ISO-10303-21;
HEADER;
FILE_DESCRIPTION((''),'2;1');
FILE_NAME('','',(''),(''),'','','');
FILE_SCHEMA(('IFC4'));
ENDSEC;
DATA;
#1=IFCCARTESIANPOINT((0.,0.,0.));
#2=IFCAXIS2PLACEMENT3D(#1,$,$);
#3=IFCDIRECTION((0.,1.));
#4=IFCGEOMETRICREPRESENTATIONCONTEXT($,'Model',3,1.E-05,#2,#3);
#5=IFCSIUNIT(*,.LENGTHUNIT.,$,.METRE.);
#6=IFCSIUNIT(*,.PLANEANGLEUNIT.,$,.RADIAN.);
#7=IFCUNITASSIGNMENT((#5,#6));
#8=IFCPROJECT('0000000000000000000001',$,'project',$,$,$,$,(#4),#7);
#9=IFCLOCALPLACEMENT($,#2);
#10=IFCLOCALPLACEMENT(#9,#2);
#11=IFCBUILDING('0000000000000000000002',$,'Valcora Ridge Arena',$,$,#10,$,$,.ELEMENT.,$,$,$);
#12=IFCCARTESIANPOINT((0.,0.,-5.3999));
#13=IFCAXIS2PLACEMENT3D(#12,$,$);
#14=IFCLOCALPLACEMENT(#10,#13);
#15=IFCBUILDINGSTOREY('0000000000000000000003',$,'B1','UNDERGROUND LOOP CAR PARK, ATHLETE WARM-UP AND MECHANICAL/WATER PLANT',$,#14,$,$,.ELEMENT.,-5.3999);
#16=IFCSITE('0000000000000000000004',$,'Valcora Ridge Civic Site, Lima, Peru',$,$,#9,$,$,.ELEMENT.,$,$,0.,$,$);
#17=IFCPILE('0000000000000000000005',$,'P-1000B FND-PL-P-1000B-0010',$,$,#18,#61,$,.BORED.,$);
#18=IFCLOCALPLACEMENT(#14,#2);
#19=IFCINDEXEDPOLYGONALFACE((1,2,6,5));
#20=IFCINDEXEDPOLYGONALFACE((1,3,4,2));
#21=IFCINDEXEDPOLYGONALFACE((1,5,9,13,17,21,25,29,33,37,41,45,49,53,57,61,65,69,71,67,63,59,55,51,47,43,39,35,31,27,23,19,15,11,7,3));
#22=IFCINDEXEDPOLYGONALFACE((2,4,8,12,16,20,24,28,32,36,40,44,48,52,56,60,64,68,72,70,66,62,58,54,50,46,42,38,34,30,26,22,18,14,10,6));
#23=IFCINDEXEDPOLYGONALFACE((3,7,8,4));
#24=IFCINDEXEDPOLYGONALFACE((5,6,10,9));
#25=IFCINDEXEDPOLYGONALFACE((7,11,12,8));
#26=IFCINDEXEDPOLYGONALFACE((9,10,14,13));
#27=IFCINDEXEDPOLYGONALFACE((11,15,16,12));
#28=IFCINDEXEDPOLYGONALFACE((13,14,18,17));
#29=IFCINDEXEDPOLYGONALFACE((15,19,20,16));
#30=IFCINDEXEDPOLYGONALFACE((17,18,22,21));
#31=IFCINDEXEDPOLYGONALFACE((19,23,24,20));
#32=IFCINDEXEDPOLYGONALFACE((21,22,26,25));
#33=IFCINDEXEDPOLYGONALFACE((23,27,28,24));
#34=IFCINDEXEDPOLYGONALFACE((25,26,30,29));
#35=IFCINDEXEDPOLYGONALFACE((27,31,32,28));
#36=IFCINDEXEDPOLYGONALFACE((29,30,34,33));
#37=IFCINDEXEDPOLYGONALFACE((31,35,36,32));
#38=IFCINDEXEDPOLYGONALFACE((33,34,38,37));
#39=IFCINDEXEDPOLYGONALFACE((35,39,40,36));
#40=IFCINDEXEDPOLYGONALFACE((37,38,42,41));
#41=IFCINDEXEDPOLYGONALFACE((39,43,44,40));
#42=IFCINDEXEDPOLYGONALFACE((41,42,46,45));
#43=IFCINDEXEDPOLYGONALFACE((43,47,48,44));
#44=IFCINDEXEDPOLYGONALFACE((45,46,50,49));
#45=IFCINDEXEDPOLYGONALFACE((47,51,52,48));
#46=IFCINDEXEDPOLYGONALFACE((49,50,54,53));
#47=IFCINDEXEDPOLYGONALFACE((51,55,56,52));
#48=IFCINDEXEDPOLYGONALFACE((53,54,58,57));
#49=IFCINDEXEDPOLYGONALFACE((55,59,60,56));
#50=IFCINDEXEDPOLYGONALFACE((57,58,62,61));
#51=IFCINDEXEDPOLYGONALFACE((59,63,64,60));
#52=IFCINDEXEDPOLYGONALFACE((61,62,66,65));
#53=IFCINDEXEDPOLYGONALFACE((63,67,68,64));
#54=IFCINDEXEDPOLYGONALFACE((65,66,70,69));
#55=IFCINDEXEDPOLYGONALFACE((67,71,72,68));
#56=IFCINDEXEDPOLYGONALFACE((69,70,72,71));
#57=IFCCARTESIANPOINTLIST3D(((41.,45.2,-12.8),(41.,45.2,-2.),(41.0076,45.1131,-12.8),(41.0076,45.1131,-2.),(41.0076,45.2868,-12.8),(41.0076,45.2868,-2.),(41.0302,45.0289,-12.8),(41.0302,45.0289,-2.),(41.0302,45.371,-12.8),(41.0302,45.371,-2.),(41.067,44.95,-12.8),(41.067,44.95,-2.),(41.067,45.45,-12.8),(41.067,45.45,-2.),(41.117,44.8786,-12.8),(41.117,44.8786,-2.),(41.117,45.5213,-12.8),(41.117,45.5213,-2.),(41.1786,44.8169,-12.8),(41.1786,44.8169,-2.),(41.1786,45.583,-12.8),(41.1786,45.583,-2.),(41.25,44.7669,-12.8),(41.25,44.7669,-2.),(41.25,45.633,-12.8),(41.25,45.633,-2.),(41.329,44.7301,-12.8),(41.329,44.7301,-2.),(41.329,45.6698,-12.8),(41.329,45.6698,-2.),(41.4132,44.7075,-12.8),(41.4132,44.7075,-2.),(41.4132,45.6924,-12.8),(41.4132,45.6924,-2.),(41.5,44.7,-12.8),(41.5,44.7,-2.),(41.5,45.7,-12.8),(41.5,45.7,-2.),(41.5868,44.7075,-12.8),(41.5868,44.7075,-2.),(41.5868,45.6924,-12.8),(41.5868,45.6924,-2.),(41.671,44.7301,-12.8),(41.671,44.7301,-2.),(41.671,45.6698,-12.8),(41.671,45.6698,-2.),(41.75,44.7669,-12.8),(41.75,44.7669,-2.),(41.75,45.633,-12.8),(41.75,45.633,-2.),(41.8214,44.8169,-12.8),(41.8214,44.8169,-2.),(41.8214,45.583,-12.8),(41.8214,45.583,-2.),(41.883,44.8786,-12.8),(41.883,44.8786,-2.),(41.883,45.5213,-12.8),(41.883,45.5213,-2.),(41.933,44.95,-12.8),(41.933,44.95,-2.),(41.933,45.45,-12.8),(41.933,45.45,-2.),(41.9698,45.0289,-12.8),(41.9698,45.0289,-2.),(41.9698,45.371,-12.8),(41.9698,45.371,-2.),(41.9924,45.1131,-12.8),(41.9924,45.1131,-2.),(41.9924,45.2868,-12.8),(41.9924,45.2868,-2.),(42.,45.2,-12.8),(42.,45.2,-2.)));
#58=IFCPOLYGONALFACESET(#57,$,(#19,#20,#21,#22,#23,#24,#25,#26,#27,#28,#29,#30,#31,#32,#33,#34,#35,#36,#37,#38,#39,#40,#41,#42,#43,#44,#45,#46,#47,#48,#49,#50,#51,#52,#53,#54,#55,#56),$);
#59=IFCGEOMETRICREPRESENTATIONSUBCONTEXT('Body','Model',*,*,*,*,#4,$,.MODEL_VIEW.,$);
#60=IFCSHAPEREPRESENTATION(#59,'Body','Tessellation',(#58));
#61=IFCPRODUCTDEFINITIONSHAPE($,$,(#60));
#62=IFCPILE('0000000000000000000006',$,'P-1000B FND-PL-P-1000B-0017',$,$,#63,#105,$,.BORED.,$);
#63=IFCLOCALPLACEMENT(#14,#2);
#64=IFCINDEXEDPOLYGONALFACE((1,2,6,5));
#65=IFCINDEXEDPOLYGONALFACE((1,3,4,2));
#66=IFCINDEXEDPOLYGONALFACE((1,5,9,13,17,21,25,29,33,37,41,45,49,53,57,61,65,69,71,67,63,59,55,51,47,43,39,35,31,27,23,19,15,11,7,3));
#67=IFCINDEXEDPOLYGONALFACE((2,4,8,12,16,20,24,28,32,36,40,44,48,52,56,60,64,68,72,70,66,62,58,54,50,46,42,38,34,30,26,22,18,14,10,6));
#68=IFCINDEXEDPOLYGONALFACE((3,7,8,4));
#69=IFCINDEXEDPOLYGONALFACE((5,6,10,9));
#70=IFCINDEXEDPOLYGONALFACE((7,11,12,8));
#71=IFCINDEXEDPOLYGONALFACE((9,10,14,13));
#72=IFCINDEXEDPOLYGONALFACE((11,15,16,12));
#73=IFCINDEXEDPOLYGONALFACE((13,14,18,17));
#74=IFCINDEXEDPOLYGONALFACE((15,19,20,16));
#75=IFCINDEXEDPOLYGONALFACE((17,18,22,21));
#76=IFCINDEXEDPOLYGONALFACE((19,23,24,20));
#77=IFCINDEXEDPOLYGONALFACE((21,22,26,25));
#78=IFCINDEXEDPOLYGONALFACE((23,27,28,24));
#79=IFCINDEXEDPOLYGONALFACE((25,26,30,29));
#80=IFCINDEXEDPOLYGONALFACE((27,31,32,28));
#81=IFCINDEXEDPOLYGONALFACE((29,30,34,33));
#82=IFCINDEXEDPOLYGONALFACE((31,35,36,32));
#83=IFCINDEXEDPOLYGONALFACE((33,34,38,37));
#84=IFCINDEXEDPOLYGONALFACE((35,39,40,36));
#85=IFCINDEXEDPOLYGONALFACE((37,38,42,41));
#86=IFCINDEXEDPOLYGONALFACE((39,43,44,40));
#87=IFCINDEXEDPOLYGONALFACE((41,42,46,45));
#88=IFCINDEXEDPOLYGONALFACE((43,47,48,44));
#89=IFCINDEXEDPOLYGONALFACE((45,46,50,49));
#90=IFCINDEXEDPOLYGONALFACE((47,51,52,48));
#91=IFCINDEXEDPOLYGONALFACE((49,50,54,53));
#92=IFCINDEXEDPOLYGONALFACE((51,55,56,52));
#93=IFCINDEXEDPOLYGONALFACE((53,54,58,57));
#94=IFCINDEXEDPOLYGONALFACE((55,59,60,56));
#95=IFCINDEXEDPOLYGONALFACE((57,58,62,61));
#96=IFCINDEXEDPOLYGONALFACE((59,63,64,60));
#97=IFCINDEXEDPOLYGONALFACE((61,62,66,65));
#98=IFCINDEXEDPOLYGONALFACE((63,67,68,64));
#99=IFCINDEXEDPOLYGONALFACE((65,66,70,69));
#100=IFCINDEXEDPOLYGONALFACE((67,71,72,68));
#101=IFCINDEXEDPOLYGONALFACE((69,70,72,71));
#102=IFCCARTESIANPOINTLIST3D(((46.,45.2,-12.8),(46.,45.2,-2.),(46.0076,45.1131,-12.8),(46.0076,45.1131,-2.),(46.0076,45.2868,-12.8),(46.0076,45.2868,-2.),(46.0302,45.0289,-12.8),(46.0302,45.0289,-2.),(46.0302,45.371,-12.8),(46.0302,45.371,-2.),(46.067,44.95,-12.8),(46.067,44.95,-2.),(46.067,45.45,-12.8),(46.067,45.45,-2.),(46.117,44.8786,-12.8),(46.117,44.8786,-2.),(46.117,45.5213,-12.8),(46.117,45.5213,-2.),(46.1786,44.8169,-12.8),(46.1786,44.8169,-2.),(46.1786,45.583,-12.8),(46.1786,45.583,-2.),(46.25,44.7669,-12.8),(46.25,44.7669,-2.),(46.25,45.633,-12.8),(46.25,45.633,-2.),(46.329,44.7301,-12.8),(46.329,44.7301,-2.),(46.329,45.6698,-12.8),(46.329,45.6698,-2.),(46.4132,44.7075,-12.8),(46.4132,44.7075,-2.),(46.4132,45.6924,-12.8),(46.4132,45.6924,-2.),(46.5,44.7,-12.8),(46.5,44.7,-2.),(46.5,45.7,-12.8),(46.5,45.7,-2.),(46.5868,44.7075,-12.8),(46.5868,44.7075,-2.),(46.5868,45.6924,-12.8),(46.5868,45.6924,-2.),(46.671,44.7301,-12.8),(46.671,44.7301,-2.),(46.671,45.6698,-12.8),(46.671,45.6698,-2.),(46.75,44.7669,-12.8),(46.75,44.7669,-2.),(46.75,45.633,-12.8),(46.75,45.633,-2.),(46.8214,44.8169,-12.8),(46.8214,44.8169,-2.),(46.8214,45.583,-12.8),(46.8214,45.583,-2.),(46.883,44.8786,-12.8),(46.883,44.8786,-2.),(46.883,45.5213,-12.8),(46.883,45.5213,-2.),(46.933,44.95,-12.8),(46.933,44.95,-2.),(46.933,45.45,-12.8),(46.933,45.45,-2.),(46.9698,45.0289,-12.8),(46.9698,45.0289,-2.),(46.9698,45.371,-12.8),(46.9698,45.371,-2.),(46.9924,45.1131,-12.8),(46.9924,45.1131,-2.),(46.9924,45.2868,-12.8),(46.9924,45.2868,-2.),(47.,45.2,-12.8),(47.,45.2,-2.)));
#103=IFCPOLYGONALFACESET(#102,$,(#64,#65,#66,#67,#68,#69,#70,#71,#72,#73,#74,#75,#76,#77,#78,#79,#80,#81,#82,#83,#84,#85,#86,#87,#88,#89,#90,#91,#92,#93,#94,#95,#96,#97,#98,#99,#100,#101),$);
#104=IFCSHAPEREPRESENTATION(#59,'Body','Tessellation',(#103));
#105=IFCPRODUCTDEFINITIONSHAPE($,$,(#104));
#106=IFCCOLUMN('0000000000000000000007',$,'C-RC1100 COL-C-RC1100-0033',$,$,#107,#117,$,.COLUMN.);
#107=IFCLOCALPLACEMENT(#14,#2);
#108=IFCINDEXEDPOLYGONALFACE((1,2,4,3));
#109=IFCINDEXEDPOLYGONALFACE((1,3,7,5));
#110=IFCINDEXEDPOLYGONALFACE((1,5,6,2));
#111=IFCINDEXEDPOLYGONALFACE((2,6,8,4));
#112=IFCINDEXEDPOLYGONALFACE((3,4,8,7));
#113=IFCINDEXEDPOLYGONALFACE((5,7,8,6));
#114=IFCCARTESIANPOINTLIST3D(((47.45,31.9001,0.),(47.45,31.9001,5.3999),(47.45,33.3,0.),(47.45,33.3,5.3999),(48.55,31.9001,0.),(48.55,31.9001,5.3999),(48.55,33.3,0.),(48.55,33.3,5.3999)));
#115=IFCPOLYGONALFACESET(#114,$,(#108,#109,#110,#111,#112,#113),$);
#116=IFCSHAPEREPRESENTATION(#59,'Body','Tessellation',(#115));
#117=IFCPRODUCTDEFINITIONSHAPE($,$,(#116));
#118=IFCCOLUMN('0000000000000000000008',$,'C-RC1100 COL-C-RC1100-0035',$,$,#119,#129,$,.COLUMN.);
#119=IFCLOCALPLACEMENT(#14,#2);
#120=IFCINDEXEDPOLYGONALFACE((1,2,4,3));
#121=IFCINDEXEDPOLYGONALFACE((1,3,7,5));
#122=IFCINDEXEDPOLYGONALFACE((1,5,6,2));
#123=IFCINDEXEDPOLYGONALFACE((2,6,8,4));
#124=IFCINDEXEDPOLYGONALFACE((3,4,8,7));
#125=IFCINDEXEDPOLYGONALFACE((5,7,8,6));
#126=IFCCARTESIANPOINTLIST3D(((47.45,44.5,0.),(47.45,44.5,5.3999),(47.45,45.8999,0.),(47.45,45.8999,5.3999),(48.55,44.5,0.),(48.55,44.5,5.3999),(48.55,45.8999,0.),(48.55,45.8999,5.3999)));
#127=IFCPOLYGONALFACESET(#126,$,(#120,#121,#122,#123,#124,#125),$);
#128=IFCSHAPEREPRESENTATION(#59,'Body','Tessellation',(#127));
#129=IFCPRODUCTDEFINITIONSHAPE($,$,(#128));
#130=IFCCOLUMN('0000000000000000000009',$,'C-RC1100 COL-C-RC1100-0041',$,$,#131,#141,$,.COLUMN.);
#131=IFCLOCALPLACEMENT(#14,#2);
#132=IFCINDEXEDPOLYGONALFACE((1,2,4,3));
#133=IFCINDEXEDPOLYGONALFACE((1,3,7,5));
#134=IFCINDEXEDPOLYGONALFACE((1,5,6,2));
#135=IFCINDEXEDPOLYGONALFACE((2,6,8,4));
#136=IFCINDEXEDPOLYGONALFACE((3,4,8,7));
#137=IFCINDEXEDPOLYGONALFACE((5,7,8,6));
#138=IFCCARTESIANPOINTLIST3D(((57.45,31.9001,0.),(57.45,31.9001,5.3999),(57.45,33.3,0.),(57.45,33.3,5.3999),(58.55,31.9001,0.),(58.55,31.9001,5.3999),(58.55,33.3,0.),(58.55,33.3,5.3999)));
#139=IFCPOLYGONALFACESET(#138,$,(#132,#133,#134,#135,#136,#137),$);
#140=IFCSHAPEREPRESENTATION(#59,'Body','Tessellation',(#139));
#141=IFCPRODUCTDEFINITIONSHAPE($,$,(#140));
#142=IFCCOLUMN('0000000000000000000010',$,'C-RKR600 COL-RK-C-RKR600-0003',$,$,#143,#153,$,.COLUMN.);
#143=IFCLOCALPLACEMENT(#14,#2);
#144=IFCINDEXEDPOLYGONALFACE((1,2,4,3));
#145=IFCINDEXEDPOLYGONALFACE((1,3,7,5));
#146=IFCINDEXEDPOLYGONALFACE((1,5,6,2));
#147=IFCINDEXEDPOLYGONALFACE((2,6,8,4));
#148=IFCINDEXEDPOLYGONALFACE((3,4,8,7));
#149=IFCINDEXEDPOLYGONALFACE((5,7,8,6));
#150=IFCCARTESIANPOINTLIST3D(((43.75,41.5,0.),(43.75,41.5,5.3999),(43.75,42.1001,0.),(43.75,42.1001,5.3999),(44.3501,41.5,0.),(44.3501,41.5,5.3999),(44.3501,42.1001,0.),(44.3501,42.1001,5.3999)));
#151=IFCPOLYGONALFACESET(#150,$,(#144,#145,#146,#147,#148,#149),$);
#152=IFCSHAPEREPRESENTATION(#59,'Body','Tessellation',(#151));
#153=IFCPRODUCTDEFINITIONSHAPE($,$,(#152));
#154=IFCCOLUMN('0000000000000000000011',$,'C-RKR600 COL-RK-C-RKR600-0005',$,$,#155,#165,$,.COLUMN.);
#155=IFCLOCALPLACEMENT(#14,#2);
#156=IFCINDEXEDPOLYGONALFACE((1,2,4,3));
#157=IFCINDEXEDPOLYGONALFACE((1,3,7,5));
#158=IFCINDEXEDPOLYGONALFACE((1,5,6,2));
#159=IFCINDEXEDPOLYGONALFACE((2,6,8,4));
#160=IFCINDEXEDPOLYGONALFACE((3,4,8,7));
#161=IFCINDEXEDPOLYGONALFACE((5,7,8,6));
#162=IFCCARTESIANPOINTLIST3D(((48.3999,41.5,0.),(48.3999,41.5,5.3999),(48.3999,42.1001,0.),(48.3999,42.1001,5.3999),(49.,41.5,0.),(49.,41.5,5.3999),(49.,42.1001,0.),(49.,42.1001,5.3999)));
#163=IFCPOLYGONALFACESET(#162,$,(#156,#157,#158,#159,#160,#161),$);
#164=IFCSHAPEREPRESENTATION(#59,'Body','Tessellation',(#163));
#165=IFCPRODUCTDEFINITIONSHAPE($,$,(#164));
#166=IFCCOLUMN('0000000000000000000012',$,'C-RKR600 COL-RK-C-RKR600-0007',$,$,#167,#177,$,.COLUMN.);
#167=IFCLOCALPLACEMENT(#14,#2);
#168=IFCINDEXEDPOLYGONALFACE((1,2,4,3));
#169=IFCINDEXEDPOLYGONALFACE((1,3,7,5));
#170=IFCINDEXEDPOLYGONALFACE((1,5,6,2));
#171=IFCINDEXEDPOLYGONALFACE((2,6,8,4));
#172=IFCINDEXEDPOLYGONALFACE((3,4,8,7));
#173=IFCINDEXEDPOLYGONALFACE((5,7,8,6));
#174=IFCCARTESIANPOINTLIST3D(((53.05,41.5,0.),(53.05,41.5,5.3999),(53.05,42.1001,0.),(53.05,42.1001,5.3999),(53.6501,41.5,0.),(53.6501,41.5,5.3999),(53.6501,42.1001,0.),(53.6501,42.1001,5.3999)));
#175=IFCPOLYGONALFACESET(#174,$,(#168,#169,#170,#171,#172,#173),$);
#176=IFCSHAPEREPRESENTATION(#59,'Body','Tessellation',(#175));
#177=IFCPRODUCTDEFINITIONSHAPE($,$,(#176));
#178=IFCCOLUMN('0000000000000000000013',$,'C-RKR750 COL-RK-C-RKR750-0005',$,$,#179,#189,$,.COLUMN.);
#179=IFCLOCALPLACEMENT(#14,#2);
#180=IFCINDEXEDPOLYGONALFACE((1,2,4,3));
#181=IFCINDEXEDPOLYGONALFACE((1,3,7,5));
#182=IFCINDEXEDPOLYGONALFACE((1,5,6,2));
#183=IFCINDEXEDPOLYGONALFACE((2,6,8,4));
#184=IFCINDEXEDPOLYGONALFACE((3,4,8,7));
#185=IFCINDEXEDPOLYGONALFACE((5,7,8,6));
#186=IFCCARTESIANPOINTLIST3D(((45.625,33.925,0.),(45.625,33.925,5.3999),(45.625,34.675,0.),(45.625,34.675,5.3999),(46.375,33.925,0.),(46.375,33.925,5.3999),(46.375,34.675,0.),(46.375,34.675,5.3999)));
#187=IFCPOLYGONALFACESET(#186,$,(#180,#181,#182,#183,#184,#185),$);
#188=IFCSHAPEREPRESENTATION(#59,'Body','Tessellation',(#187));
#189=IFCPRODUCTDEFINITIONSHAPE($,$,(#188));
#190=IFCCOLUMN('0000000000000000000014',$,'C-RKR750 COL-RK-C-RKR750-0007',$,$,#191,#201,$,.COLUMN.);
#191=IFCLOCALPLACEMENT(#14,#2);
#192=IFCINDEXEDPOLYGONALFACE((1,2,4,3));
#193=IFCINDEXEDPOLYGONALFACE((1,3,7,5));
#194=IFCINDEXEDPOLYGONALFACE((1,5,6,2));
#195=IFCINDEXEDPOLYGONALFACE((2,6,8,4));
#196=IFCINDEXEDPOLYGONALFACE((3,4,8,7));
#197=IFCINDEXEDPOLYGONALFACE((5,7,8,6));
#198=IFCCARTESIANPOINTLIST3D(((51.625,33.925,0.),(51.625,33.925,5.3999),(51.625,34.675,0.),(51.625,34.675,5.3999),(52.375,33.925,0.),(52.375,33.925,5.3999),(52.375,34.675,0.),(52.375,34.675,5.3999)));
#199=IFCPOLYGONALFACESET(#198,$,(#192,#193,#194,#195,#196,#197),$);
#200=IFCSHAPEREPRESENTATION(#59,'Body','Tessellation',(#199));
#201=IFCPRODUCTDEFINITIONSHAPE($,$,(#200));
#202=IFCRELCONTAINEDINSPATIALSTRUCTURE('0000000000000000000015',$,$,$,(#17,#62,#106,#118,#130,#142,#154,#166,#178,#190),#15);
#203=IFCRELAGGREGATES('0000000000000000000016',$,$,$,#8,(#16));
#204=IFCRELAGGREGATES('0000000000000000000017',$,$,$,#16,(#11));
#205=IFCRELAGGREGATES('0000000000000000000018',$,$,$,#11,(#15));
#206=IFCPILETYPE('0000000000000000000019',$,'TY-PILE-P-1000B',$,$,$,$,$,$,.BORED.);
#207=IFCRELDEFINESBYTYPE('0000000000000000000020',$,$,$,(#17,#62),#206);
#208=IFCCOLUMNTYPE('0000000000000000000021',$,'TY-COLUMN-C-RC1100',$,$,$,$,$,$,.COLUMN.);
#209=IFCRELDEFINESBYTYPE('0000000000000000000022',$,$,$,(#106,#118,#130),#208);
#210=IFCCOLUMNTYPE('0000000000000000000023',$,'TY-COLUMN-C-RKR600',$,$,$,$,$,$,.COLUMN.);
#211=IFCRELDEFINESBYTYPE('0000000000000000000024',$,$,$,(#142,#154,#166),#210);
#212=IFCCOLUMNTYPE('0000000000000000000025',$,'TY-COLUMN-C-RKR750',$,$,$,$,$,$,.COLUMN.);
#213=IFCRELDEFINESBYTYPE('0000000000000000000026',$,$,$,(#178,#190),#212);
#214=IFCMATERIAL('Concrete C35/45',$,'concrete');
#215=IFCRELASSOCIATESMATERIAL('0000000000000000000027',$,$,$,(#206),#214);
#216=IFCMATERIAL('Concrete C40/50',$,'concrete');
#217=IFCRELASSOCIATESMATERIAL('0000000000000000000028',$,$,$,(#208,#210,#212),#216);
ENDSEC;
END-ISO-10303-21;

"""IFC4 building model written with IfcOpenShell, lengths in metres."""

from ifc_helpers import new_model, si_unit, direction, frame, origin, origin_2d, place, context, subcontext, project, spatial, rectangle, circle, extrude, material, material_profile, profile_set, type_object, element, save


model = new_model("IFC4")

# Units and contexts
model_context = context("Model", 3, precision=1e-05, world=origin(), true_north=direction((0.0, 1.0)))
body_context = subcontext(model_context, "Body", "Model", "MODEL_VIEW")
ifc_project = project(units=[si_unit("LENGTHUNIT", "METRE"), si_unit("PLANEANGLEUNIT", "RADIAN")], contexts=[model_context])

# Site, building, storey
site_placement = place(None, origin())
site = spatial("IfcSite", under=ifc_project, at=site_placement, Name="Valcora Ridge Civic Site, Lima, Peru", CompositionType="ELEMENT", RefElevation=0.0)
building_placement = place(site_placement, origin())
building = spatial("IfcBuilding", under=site, at=building_placement, Name="Valcora Ridge Arena", CompositionType="ELEMENT")
storey_placement = place(building_placement, frame((0.0, 0.0, -5.3999)))
storey = spatial("IfcBuildingStorey", under=building, at=storey_placement, Name="B1", Description="UNDERGROUND LOOP CAR PARK, ATHLETE WARM-UP AND MECHANICAL/WATER PLANT", CompositionType="ELEMENT", Elevation=-5.3999)

# Shared definitions
ifc_material_1 = material(Name="Concrete C40/50", Category="concrete")

# Piles
ifc_material_2 = material(Name="Concrete C35/45", Category="concrete")
ifc_material_profile_1 = material_profile(ifc_material_2, circle(Radius=0.5, at=origin_2d()), Name="BORED PILE D1000")
ifc_profile_set_1 = profile_set([ifc_material_profile_1], Name="Concrete C35/45")
pile_type_1 = type_object("IfcPileType", Name="TY-PILE-P-1000B", PredefinedType="BORED", material=ifc_profile_set_1)
for number, where, z_axis, x_axis, name in (
    (1, (41.5, 45.2, -2.0), (0.0, 0.0, -1.0), (1.0, 0.0, 0.0), "P-1000B FND-PL-P-1000B-0010"),
    (2, (46.5, 45.2, -2.0), (0.0, 0.0, -1.0), (1.0, 0.0, 0.0), "P-1000B FND-PL-P-1000B-0017"),
):
    element("IfcPile", number, at=place(storey_placement, frame(where, z_axis=z_axis, x_axis=x_axis)), inside=storey, type_object=pile_type_1, Name=name, PredefinedType="BORED", context=body_context, shape_type="SweptSolid", body=[
        extrude(circle(Radius=0.5, at=origin_2d()), origin(), (0.0, 0.0, 1.0), 10.8),
    ])

# Columns
ifc_material_profile_2 = material_profile(ifc_material_1, rectangle(XDim=1.1001, YDim=1.3999, at=origin_2d()), Name="RC 1100x1400")
ifc_profile_set_2 = profile_set([ifc_material_profile_2], Name="Concrete C40/50")
column_type_1 = type_object("IfcColumnType", Name="TY-COLUMN-C-RC1100", PredefinedType="COLUMN", material=ifc_profile_set_2)
for number, where, z_axis, x_axis, name in (
    (3, (48.0, 32.6001, 0.0), (0.0, 0.0, 1.0), (1.0, 0.0, 0.0), "C-RC1100 COL-C-RC1100-0033"),
    (4, (48.0, 45.2, 0.0), (0.0, 0.0, 1.0), (1.0, 0.0, 0.0), "C-RC1100 COL-C-RC1100-0035"),
    (5, (58.0, 32.6001, 0.0), (0.0, 0.0, 1.0), (1.0, 0.0, 0.0), "C-RC1100 COL-C-RC1100-0041"),
):
    element("IfcColumn", number, at=place(storey_placement, frame(where, z_axis=z_axis, x_axis=x_axis)), inside=storey, type_object=column_type_1, Name=name, PredefinedType="COLUMN", context=body_context, shape_type="SweptSolid", body=[
        extrude(rectangle(XDim=1.1001, YDim=1.3999, at=origin_2d()), origin(), (0.0, 0.0, 1.0), 5.3999),
    ])
ifc_material_profile_3 = material_profile(ifc_material_1, rectangle(XDim=0.6001, YDim=0.6001, at=origin_2d()), Name="RC 600x600")
ifc_profile_set_3 = profile_set([ifc_material_profile_3], Name="Concrete C40/50")
column_type_2 = type_object("IfcColumnType", Name="TY-COLUMN-C-RKR600", PredefinedType="COLUMN", material=ifc_profile_set_3)
for number, where, z_axis, x_axis, name in (
    (6, (44.05, 41.8, 0.0), (0.0, 0.0, 1.0), (1.0, 0.0, 0.0), "C-RKR600 COL-RK-C-RKR600-0003"),
    (7, (48.7, 41.8, 0.0), (0.0, 0.0, 1.0), (1.0, 0.0, 0.0), "C-RKR600 COL-RK-C-RKR600-0005"),
    (8, (53.3501, 41.8, 0.0), (0.0, 0.0, 1.0), (1.0, 0.0, 0.0), "C-RKR600 COL-RK-C-RKR600-0007"),
):
    element("IfcColumn", number, at=place(storey_placement, frame(where, z_axis=z_axis, x_axis=x_axis)), inside=storey, type_object=column_type_2, Name=name, PredefinedType="COLUMN", context=body_context, shape_type="SweptSolid", body=[
        extrude(rectangle(XDim=0.6001, YDim=0.6001, at=origin_2d()), origin(), (0.0, 0.0, 1.0), 5.3999),
    ])
ifc_material_profile_4 = material_profile(ifc_material_1, rectangle(XDim=0.75, YDim=0.75, at=origin_2d()), Name="RC 750x750")
ifc_profile_set_4 = profile_set([ifc_material_profile_4], Name="Concrete C40/50")
column_type_3 = type_object("IfcColumnType", Name="TY-COLUMN-C-RKR750", PredefinedType="COLUMN", material=ifc_profile_set_4)
for number, where, z_axis, x_axis, name in (
    (9, (46.0, 34.3, 0.0), (0.0, 0.0, 1.0), (1.0, 0.0, 0.0), "C-RKR750 COL-RK-C-RKR750-0005"),
    (10, (52.0, 34.3, 0.0), (0.0, 0.0, 1.0), (1.0, 0.0, 0.0), "C-RKR750 COL-RK-C-RKR750-0007"),
):
    element("IfcColumn", number, at=place(storey_placement, frame(where, z_axis=z_axis, x_axis=x_axis)), inside=storey, type_object=column_type_3, Name=name, PredefinedType="COLUMN", context=body_context, shape_type="SweptSolid", body=[
        extrude(rectangle(XDim=0.75, YDim=0.75, at=origin_2d()), origin(), (0.0, 0.0, 1.0), 5.3999),
    ])

save(model, "model.ifc")
